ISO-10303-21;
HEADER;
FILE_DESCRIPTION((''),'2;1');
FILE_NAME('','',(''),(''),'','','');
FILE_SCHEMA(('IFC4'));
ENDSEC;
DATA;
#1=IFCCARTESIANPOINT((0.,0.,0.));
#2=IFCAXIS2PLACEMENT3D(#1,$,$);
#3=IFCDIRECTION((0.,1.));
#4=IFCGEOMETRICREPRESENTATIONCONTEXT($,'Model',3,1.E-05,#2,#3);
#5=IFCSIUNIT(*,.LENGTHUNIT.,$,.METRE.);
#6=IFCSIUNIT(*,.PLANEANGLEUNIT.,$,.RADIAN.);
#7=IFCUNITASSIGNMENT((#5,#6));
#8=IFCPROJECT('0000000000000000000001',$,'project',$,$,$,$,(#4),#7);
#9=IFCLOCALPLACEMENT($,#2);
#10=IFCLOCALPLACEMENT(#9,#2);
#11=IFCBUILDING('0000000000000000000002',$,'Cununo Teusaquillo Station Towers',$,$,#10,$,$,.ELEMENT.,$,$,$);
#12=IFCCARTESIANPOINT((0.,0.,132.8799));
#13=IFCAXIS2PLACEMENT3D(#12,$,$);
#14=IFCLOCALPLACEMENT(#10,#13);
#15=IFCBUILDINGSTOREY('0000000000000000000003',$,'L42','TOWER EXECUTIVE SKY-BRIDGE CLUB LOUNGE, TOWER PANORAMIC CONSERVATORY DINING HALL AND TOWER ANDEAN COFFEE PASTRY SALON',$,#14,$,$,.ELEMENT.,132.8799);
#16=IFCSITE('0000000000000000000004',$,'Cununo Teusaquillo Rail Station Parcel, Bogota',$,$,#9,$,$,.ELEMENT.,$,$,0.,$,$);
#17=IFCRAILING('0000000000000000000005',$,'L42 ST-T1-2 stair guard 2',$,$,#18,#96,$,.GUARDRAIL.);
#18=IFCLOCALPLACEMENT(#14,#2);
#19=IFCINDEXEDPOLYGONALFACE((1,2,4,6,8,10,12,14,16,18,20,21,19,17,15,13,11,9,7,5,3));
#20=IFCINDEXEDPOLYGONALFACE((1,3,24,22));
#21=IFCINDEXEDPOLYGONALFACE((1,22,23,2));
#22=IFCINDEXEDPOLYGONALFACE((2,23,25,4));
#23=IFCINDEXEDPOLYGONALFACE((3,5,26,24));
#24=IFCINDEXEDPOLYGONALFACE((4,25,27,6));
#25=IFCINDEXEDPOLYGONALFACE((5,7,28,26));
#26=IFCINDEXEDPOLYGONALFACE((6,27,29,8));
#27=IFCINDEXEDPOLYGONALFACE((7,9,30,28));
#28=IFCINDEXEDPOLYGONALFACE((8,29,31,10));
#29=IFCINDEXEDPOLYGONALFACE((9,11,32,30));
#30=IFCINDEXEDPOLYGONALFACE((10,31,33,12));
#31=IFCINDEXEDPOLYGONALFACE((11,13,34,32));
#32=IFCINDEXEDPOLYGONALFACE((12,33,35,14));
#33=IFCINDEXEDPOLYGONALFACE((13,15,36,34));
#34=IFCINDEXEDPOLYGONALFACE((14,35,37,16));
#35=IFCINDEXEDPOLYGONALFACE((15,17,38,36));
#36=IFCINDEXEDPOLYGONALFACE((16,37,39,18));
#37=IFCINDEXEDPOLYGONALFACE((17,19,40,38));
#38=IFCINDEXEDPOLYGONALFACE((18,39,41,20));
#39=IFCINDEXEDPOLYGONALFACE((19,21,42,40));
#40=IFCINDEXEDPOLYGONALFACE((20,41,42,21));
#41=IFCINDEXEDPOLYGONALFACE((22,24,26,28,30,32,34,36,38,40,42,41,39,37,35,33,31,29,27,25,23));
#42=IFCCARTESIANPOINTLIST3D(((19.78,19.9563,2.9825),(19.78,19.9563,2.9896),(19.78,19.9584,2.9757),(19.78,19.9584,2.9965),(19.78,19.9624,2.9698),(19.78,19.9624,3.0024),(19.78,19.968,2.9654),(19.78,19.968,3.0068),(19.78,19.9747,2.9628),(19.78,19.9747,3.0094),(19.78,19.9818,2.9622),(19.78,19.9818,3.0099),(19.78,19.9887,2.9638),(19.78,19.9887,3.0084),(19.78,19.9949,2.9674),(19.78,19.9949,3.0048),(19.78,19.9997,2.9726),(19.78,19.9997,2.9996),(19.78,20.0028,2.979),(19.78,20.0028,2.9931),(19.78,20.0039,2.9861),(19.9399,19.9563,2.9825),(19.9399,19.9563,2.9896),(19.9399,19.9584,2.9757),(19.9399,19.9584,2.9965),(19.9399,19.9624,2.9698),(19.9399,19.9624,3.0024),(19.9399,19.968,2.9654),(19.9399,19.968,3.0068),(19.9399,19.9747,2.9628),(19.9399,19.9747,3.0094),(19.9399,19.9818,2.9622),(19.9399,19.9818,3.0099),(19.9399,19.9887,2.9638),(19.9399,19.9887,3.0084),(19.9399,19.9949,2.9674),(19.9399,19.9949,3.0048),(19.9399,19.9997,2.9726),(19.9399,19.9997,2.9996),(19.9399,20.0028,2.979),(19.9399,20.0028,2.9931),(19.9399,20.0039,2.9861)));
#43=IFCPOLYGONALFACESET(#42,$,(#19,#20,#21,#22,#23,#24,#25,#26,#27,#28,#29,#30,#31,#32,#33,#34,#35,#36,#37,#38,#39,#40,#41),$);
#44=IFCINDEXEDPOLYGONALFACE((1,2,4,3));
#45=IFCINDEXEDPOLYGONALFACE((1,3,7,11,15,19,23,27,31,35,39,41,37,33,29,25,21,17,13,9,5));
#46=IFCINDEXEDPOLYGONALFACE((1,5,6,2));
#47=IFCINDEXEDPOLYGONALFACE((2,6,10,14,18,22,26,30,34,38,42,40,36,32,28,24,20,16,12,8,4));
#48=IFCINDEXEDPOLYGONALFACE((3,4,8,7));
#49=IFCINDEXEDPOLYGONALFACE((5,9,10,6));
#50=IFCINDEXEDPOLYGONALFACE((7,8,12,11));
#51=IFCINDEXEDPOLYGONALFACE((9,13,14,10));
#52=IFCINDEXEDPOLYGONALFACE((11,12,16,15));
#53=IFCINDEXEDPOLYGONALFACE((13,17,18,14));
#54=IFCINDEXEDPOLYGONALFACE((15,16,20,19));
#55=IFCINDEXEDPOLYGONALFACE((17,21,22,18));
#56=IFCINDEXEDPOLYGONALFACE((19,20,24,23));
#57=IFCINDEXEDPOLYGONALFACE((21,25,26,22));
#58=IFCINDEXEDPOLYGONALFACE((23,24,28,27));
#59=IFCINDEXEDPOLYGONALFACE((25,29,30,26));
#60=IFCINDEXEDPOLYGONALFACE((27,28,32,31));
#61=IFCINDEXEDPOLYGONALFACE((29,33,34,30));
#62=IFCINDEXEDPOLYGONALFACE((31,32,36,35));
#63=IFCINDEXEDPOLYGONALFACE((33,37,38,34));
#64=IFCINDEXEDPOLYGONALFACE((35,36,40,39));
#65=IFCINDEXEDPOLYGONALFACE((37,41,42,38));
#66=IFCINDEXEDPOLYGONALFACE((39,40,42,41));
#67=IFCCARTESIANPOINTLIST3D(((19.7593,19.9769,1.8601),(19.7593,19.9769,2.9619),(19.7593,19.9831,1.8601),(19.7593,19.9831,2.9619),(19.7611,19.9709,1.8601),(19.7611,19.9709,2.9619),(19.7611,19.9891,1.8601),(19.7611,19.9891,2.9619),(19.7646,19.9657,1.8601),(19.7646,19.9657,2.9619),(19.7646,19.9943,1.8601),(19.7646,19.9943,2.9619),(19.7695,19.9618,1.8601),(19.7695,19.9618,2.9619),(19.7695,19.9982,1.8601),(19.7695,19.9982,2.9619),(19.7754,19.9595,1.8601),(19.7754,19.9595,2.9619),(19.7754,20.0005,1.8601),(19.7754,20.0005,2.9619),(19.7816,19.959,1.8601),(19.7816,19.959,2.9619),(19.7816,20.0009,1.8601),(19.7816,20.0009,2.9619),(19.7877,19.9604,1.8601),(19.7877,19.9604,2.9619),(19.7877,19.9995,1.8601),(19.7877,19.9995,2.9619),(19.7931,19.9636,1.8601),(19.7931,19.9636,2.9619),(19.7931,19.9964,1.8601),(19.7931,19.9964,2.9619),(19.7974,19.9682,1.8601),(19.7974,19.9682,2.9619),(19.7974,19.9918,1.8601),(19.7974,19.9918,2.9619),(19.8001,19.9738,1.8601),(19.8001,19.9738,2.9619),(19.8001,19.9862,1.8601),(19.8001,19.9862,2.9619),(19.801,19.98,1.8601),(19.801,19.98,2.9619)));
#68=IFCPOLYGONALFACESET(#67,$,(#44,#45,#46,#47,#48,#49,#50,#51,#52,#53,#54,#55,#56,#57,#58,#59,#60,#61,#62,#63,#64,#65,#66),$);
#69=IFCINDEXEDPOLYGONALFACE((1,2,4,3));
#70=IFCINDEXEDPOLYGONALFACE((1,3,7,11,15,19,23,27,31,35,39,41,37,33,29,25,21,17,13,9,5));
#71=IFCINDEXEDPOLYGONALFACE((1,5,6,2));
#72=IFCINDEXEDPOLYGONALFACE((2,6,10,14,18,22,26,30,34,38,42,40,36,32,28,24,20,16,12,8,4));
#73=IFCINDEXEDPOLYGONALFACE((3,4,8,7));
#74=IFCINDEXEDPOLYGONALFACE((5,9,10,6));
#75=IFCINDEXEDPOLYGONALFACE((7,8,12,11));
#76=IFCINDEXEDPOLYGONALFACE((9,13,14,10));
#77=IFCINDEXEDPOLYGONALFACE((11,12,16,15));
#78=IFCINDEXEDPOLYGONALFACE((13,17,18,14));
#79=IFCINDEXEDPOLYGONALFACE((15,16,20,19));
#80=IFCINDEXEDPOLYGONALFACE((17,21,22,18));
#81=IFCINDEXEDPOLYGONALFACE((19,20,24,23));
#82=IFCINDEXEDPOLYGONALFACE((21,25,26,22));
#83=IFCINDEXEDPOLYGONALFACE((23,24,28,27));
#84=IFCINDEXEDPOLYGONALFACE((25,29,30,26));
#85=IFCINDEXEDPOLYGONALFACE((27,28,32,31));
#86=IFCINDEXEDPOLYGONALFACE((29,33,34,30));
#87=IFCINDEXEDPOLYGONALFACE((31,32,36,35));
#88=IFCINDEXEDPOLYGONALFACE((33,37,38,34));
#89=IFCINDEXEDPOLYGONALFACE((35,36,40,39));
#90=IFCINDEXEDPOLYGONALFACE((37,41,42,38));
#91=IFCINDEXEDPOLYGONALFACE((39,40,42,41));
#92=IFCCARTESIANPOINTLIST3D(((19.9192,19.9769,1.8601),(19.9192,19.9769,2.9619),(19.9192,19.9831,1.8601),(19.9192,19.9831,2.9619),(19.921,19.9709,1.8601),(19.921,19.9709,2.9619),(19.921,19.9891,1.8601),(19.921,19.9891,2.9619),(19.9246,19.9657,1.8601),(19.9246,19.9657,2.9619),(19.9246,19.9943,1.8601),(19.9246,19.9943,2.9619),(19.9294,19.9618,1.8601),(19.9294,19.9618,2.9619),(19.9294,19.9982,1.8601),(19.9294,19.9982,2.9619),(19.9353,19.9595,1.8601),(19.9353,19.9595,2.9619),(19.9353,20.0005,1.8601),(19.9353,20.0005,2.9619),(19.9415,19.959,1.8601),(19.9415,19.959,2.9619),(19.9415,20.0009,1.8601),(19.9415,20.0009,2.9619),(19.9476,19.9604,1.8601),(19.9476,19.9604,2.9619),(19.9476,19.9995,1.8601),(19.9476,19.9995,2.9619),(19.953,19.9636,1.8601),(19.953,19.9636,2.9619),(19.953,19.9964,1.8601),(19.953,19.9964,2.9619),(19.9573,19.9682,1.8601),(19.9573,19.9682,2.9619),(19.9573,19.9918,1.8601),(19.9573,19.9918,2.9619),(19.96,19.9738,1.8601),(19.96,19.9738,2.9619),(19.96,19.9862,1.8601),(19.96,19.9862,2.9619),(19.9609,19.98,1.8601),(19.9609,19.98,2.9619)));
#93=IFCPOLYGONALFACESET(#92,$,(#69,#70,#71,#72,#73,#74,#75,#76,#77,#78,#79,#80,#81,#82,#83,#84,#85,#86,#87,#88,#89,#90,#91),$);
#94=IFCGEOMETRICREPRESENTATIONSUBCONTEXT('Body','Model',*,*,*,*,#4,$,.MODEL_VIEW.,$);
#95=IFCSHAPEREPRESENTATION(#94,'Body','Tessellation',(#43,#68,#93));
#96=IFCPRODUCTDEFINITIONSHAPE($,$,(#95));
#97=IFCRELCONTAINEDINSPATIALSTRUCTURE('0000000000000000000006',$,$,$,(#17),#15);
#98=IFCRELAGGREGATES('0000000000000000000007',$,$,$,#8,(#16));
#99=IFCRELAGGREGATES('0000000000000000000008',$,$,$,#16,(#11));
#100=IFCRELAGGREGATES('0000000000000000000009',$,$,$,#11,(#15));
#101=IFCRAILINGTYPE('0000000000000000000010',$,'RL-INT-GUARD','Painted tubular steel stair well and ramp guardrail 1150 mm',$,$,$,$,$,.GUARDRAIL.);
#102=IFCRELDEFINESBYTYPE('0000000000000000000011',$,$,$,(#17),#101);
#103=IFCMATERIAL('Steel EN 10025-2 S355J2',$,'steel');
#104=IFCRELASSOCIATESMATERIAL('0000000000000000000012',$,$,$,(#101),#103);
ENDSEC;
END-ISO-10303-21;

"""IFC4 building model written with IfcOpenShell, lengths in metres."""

from ifc_helpers import new_model, si_unit, direction, frame, origin, origin_2d, place, context, subcontext, project, spatial, circle, extrude, material, type_object, element, save


model = new_model("IFC4")

# Units and contexts
model_context = context("Model", 3, precision=1e-05, world=origin(), true_north=direction((0.0, 1.0)))
body_context = subcontext(model_context, "Body", "Model", "MODEL_VIEW")
ifc_project = project(units=[si_unit("LENGTHUNIT", "METRE"), si_unit("PLANEANGLEUNIT", "RADIAN")], contexts=[model_context])

# Site, building, storey
site_placement = place(None, origin())
site = spatial("IfcSite", under=ifc_project, at=site_placement, Name="Cununo Teusaquillo Rail Station Parcel, Bogota", CompositionType="ELEMENT", RefElevation=0.0)
building_placement = place(site_placement, origin())
building = spatial("IfcBuilding", under=site, at=building_placement, Name="Cununo Teusaquillo Station Towers", CompositionType="ELEMENT")
storey_placement = place(building_placement, frame((0.0, 0.0, 132.8799)))
storey = spatial("IfcBuildingStorey", under=building, at=storey_placement, Name="L42", Description="TOWER EXECUTIVE SKY-BRIDGE CLUB LOUNGE, TOWER PANORAMIC CONSERVATORY DINING HALL AND TOWER ANDEAN COFFEE PASTRY SALON", CompositionType="ELEMENT", Elevation=132.8799)

# Railing
ifc_material_1 = material(Name="Steel EN 10025-2 S355J2", Category="steel")
railing_type_1 = type_object("IfcRailingType", Name="RL-INT-GUARD", Description="Painted tubular steel stair well and ramp guardrail 1150 mm", PredefinedType="GUARDRAIL", material=ifc_material_1)
railing_1_placement = place(storey_placement, frame((19.78, 19.98, 1.8601)))
element("IfcRailing", 1, at=railing_1_placement, inside=storey, type_object=railing_type_1, Name="L42 ST-T1-2 stair guard 2", PredefinedType="GUARDRAIL", context=body_context, shape_type="SweptSolid", body=[
    extrude(circle(Radius=0.0239, at=origin_2d()), frame((0.0, 0.0, 1.126), z_axis=(1.0, 0.0, 0.0), x_axis=(0.0, 1.0, 0.0)), (0.0, 0.0, 1.0), 0.1599),
    extrude(circle(Radius=0.021, at=origin_2d()), origin(), (0.0, 0.0, 1.0), 1.1018),
    extrude(circle(Radius=0.021, at=origin_2d()), frame((0.1599, 0.0, 0.0)), (0.0, 0.0, 1.0), 1.1018),
])

save(model, "model.ifc")
